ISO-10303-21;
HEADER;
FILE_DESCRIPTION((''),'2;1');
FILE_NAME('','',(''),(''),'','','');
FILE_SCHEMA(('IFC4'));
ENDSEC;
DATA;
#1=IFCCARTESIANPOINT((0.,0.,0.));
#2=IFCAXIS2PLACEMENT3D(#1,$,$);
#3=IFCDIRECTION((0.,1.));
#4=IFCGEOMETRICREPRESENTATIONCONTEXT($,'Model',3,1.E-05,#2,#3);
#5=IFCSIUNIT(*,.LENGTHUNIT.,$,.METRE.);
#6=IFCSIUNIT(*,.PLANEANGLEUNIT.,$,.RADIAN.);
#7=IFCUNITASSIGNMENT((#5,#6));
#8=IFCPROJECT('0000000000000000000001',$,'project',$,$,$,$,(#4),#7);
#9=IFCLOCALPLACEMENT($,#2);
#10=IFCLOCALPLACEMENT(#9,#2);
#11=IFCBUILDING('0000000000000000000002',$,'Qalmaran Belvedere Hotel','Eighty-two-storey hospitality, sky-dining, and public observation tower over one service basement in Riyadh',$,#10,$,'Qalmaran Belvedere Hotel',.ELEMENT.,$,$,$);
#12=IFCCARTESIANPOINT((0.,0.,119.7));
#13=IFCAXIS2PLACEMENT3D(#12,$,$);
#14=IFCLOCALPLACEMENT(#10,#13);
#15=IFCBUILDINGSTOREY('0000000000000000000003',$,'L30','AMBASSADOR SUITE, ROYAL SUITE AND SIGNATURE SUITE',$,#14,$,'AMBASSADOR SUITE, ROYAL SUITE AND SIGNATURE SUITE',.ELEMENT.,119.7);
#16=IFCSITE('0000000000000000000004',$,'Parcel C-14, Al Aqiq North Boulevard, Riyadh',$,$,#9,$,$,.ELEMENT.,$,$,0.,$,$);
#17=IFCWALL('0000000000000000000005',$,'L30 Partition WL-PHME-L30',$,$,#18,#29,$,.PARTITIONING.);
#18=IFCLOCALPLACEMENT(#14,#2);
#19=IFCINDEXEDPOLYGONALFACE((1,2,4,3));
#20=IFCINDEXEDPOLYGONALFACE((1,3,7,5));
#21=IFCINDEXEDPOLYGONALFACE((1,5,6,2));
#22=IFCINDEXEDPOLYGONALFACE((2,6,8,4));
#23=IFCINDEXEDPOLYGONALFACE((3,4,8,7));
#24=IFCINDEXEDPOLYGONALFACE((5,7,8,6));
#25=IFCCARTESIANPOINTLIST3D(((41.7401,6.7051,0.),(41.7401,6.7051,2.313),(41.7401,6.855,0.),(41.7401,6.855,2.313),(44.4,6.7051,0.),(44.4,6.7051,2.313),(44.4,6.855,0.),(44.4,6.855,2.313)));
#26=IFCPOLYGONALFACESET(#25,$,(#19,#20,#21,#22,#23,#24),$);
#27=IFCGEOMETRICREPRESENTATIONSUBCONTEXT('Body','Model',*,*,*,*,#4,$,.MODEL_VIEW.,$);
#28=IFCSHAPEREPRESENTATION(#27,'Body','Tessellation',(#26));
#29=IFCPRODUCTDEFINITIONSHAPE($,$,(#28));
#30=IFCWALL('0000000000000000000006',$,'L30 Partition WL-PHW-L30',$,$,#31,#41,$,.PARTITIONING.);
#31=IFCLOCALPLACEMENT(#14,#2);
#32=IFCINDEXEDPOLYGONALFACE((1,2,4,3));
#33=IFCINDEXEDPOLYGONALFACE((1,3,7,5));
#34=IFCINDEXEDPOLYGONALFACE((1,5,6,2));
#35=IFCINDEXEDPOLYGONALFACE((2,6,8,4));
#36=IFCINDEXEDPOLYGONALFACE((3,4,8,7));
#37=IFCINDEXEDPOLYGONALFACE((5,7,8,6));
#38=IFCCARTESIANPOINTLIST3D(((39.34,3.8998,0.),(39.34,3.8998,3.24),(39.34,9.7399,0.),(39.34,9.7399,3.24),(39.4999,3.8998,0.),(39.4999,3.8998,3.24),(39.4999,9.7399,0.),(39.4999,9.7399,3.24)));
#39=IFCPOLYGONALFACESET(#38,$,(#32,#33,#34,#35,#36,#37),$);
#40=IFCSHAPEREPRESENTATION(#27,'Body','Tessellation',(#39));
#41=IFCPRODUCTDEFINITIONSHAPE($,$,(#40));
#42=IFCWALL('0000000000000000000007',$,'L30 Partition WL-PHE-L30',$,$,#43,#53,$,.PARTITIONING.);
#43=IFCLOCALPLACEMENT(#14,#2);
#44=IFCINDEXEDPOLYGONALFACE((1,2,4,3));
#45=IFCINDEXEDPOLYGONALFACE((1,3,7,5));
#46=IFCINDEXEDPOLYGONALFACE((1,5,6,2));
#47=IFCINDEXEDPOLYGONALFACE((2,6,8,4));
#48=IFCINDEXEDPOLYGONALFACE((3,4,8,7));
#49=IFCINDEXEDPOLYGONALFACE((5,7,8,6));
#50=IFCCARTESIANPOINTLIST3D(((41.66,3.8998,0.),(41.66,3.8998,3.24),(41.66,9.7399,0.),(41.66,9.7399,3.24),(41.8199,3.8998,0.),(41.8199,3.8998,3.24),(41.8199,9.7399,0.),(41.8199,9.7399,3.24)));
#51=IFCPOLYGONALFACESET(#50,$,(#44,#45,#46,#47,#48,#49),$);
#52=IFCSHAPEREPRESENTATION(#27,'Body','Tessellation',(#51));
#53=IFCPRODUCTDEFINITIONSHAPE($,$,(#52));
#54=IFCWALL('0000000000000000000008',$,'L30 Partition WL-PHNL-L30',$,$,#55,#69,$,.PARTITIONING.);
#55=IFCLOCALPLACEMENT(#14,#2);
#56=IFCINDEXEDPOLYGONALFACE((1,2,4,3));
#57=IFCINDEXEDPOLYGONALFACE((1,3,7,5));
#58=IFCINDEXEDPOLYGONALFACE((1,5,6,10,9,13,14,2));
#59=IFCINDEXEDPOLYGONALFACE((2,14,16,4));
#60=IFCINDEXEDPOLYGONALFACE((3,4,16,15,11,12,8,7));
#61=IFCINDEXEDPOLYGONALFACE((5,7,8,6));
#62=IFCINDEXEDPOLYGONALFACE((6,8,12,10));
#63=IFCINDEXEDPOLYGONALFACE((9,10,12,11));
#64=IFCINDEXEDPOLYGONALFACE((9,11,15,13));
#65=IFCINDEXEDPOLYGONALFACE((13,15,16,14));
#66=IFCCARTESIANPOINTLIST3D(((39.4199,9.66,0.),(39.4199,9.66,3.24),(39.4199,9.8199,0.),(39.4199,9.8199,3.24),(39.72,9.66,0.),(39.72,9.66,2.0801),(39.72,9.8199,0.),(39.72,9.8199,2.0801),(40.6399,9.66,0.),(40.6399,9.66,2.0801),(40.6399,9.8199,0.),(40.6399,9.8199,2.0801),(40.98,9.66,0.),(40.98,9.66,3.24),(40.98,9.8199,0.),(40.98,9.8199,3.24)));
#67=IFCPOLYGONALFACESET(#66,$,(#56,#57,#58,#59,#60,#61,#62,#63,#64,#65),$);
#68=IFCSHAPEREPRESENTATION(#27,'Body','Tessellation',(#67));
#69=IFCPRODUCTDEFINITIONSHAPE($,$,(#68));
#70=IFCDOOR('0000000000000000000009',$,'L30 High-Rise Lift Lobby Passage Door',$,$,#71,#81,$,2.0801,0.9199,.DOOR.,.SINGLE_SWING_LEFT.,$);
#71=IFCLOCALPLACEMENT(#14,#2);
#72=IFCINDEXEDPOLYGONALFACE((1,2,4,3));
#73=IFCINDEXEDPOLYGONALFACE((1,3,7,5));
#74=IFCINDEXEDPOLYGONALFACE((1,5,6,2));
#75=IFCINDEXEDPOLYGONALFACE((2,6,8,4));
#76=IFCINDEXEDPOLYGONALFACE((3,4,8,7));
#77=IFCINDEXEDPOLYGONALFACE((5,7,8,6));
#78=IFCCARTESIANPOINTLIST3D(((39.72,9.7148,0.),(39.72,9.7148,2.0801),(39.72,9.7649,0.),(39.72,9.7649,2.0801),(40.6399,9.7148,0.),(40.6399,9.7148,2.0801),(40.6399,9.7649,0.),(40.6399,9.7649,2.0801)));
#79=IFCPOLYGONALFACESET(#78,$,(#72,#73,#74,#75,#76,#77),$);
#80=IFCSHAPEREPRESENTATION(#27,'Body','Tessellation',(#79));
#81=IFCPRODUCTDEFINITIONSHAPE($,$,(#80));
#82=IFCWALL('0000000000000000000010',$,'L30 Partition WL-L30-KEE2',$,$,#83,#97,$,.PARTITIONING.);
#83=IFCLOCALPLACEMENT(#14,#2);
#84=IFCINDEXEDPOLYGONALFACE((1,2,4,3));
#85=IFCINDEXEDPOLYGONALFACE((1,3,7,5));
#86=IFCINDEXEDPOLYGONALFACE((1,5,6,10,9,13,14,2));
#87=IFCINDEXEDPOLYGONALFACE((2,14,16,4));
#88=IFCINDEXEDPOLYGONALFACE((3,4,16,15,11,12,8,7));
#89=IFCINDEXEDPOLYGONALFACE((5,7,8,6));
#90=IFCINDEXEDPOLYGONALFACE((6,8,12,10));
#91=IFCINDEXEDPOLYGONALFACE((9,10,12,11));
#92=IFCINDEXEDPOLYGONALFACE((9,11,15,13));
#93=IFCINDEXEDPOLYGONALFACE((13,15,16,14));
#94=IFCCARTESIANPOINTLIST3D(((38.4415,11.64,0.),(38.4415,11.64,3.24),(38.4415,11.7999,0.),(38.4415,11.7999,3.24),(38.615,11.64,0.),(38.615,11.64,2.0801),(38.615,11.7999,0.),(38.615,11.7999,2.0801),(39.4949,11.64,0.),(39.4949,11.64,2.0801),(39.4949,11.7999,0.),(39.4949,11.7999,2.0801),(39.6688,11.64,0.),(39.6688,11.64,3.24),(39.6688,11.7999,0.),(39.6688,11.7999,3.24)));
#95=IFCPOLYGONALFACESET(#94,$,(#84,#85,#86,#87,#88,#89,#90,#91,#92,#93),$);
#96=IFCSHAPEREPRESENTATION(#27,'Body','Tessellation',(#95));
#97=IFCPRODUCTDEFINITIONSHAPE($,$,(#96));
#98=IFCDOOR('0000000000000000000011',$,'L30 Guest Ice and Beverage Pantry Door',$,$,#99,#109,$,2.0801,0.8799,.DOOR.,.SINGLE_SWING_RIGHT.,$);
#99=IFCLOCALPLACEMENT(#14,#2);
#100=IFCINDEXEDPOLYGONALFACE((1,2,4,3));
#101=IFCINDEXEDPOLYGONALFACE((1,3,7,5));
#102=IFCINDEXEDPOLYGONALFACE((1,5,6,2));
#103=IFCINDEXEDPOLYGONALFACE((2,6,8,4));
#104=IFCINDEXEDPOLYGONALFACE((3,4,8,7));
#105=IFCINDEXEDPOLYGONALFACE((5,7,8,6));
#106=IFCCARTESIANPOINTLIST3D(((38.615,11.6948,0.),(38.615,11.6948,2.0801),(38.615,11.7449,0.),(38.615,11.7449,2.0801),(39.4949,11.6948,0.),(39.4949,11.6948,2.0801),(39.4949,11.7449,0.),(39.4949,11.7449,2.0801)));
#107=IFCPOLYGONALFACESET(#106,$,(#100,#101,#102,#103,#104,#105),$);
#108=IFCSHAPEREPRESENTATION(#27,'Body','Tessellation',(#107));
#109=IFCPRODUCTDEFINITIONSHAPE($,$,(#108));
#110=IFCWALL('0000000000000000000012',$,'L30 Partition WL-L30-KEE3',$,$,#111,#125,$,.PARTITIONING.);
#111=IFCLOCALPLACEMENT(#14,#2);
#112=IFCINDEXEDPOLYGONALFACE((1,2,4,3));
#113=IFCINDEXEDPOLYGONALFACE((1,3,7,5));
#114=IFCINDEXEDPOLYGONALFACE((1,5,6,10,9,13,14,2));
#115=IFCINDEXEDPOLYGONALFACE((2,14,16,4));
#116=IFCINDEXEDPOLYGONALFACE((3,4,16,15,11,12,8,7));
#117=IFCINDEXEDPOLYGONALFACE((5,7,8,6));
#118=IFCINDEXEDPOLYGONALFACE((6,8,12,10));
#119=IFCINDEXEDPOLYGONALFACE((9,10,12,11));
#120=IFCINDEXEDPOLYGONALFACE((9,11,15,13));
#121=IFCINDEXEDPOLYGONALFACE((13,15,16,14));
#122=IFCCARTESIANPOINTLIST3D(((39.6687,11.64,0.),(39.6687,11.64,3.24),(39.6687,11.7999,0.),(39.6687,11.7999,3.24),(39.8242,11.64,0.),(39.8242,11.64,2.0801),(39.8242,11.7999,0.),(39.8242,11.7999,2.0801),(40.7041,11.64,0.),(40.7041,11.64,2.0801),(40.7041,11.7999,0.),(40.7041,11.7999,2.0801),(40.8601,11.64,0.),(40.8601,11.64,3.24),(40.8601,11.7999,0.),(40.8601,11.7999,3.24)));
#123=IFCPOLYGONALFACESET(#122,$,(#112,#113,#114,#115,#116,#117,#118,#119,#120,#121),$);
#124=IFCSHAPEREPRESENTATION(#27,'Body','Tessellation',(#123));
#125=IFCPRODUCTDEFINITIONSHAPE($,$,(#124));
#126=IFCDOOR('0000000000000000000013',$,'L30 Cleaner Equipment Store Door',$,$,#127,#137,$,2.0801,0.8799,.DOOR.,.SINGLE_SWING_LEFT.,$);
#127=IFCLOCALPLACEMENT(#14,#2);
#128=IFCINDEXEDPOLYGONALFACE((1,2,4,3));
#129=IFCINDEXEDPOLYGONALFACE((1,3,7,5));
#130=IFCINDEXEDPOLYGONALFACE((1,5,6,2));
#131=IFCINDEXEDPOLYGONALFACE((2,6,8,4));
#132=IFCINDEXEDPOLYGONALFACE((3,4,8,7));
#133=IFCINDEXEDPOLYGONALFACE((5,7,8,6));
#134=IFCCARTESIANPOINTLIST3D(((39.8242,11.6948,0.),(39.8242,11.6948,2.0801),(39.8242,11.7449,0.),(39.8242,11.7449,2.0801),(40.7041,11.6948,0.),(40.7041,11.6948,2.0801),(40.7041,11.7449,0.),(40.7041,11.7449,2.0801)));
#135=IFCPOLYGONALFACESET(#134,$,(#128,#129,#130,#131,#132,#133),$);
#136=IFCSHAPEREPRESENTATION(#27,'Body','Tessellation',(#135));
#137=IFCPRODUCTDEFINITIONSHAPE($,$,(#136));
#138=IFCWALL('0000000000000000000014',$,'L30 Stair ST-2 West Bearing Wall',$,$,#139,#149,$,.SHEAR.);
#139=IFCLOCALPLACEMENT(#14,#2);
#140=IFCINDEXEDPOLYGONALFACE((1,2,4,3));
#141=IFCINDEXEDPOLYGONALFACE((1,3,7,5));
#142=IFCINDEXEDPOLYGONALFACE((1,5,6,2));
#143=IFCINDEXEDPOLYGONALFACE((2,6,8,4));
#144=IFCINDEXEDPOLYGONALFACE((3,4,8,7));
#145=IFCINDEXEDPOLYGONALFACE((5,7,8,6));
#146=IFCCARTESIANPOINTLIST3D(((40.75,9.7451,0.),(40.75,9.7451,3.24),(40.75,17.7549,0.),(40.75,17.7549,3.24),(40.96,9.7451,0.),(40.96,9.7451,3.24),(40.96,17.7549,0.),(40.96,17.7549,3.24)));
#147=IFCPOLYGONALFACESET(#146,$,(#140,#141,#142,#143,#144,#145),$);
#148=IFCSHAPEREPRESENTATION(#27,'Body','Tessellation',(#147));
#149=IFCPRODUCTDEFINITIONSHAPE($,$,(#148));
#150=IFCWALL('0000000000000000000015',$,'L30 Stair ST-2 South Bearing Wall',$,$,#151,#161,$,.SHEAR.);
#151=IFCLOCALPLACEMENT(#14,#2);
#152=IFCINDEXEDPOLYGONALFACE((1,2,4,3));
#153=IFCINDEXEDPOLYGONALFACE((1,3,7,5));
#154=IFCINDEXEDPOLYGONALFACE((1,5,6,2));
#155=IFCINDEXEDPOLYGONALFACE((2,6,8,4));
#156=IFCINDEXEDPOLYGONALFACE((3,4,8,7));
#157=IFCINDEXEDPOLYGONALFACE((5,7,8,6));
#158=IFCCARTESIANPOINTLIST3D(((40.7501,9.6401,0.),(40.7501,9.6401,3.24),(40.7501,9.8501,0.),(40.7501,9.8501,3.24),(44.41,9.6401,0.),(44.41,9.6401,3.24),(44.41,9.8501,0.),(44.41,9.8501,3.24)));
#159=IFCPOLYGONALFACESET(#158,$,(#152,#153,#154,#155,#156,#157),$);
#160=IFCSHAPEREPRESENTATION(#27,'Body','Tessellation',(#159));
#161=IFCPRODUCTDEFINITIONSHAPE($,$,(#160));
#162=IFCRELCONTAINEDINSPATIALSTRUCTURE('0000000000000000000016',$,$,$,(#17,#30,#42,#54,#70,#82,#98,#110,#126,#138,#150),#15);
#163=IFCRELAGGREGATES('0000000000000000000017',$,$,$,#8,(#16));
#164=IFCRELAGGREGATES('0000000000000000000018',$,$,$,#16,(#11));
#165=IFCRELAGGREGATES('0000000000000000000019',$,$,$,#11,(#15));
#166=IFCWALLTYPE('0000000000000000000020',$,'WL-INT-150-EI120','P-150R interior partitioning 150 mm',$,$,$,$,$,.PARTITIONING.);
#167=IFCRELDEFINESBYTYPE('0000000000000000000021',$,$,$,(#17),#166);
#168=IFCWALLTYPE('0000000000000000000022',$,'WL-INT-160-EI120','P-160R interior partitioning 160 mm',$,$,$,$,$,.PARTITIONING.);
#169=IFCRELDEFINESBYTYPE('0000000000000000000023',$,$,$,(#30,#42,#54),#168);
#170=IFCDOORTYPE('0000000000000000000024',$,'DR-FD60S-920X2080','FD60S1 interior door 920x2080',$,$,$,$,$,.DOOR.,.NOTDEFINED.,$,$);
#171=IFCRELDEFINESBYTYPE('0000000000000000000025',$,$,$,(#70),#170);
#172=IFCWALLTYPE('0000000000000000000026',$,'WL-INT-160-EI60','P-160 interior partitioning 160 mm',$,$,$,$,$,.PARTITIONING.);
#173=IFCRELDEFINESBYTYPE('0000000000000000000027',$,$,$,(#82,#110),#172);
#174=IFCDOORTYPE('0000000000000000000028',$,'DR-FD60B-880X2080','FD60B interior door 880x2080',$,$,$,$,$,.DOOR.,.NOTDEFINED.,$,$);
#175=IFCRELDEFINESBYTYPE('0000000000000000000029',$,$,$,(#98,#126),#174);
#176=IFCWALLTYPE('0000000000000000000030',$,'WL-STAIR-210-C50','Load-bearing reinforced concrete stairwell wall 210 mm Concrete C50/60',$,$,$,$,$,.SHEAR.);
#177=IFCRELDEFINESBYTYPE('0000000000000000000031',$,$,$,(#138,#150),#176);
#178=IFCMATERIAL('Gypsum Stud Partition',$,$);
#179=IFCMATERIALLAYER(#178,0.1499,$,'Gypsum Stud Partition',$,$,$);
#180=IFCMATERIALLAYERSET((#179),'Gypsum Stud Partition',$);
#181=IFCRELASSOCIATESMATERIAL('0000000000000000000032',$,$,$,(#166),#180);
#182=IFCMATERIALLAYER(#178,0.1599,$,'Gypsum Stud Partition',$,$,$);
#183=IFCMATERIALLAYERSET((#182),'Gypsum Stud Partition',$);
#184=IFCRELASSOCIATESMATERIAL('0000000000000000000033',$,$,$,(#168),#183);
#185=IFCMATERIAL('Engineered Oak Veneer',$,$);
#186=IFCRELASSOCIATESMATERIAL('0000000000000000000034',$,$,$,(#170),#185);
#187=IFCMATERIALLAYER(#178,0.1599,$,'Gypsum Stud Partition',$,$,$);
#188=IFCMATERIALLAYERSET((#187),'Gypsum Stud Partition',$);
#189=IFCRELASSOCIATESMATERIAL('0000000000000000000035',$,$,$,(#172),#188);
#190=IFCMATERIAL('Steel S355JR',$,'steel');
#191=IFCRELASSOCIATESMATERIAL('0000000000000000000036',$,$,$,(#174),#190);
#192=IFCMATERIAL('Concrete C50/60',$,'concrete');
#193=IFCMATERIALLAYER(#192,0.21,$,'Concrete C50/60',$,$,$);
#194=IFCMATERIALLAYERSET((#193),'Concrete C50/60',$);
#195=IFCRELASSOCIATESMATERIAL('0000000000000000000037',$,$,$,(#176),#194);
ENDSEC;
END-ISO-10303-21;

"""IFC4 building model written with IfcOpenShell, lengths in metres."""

from ifc_helpers import new_model, si_unit, direction, frame, frame_2d, origin, place, context, subcontext, project, spatial, rectangle, extrude, material, layer, layer_set, type_object, element, fill, save


model = new_model("IFC4")

# Units and contexts
model_context = context("Model", 3, precision=1e-05, world=origin(), true_north=direction((0.0, 1.0)))
body_context = subcontext(model_context, "Body", "Model", "MODEL_VIEW")
ifc_project = project(units=[si_unit("LENGTHUNIT", "METRE"), si_unit("PLANEANGLEUNIT", "RADIAN")], contexts=[model_context])

# Site, building, storey
site_placement = place(None, origin())
site = spatial("IfcSite", under=ifc_project, at=site_placement, Name="Parcel C-14, Al Aqiq North Boulevard, Riyadh", CompositionType="ELEMENT", RefElevation=0.0)
building_placement = place(site_placement, origin())
building = spatial("IfcBuilding", under=site, at=building_placement, Name="Qalmaran Belvedere Hotel", Description="Eighty-two-storey hospitality, sky-dining, and public observation tower over one service basement in Riyadh", LongName="Qalmaran Belvedere Hotel", CompositionType="ELEMENT")
storey_placement = place(building_placement, frame((0.0, 0.0, 119.7)))
storey = spatial("IfcBuildingStorey", under=building, at=storey_placement, Name="L30", Description="AMBASSADOR SUITE, ROYAL SUITE AND SIGNATURE SUITE", LongName="AMBASSADOR SUITE, ROYAL SUITE AND SIGNATURE SUITE", CompositionType="ELEMENT", Elevation=119.7)

# Walls
ifc_material_1 = material(Name="Gypsum Stud Partition")
ifc_layer_1 = layer(ifc_material_1, 0.1499, Name="Gypsum Stud Partition")
ifc_layer_set_1 = layer_set([ifc_layer_1], Name="Gypsum Stud Partition")
wall_type_1 = type_object("IfcWallType", Name="WL-INT-150-EI120", Description="P-150R interior partitioning 150 mm", PredefinedType="PARTITIONING", material=ifc_layer_set_1)
wall_1_placement = place(storey_placement, frame((41.74, 6.78, 0.0), z_axis=(0.0, 0.0, 1.0), x_axis=(1.0, 0.0, 0.0)))
element("IfcWall", 1, at=wall_1_placement, inside=storey, type_object=wall_type_1, Name="L30 Partition WL-PHME-L30", PredefinedType="PARTITIONING", context=body_context, shape_type="SweptSolid", body=[
    extrude(rectangle(XDim=2.6599, YDim=0.1499, at=frame_2d((1.3301, 0.0))), origin(), (0.0, 0.0, 1.0), 2.313),
])
ifc_layer_2 = layer(ifc_material_1, 0.1599, Name="Gypsum Stud Partition")
ifc_layer_set_2 = layer_set([ifc_layer_2], Name="Gypsum Stud Partition")
wall_type_2 = type_object("IfcWallType", Name="WL-INT-160-EI120", Description="P-160R interior partitioning 160 mm", PredefinedType="PARTITIONING", material=ifc_layer_set_2)
for number, where, z_axis, x_axis, name in (
    (2, (39.4199, 3.8999, 0.0), (0.0, 0.0, 1.0), (0.0, 1.0, 0.0), "L30 Partition WL-PHW-L30"),
    (3, (41.74, 3.8999, 0.0), (0.0, 0.0, 1.0), (0.0, 1.0, 0.0), "L30 Partition WL-PHE-L30"),
):
    element("IfcWall", number, at=place(storey_placement, frame(where, z_axis=z_axis, x_axis=x_axis)), inside=storey, type_object=wall_type_2, Name=name, PredefinedType="PARTITIONING", context=body_context, shape_type="SweptSolid", body=[
        extrude(rectangle(XDim=5.8401, YDim=0.1599, at=frame_2d((2.9199, 0.0))), origin(), (0.0, 0.0, 1.0), 3.24),
    ])

# Walls, openings, doors
wall_2_placement = place(storey_placement, frame((39.4199, 9.74, 0.0), z_axis=(0.0, 0.0, 1.0), x_axis=(1.0, 0.0, 0.0)))
wall_2 = element("IfcWall", 4, at=wall_2_placement, inside=storey, type_object=wall_type_2, Name="L30 Partition WL-PHNL-L30", PredefinedType="PARTITIONING", context=body_context, shape_type="SweptSolid", body=[
    extrude(rectangle(XDim=1.5601, YDim=0.1599, at=frame_2d((0.78, 0.0))), origin(), (0.0, 0.0, 1.0), 3.24),
])
opening_1_placement = place(wall_2_placement, frame((0.3, 0.0, 0.0)))
opening_1 = element("IfcOpeningElement", 5, at=opening_1_placement, cuts=wall_2, PredefinedType="OPENING", context=body_context, shape_type="SweptSolid", body=[
    extrude(rectangle(XDim=0.9199, YDim=2.0801, at=frame_2d((0.46, 1.04))), frame((0.0, 0.0898, 0.0), z_axis=(0.0, -1.0, 0.0), x_axis=(1.0, 0.0, 0.0)), (0.0, 0.0, 1.0), 0.1799),
])
ifc_material_2 = material(Name="Engineered Oak Veneer")
door_type_1 = type_object("IfcDoorType", Name="DR-FD60S-920X2080", Description="FD60S1 interior door 920x2080", OperationType="NOTDEFINED", PredefinedType="DOOR", material=ifc_material_2)
door_1_placement = place(opening_1_placement, origin())
door_1 = element("IfcDoor", 6, at=door_1_placement, inside=storey, type_object=door_type_1, Name="L30 High-Rise Lift Lobby Passage Door", OperationType="SINGLE_SWING_LEFT", OverallHeight=2.0801, OverallWidth=0.9199, PredefinedType="DOOR", context=body_context, shape_type="SweptSolid", body=[
    extrude(rectangle(XDim=0.9199, YDim=2.0801, at=frame_2d((0.46, 1.04))), frame((0.0, 0.0249, 0.0), z_axis=(0.0, -1.0, 0.0), x_axis=(1.0, 0.0, 0.0)), (0.0, 0.0, 1.0), 0.05),
])
fill(opening_1, door_1)
ifc_layer_3 = layer(ifc_material_1, 0.1599, Name="Gypsum Stud Partition")
ifc_layer_set_3 = layer_set([ifc_layer_3], Name="Gypsum Stud Partition")
wall_type_3 = type_object("IfcWallType", Name="WL-INT-160-EI60", Description="P-160 interior partitioning 160 mm", PredefinedType="PARTITIONING", material=ifc_layer_set_3)
wall_3_placement = place(storey_placement, frame((38.4414, 11.72, 0.0), z_axis=(0.0, 0.0, 1.0), x_axis=(1.0, 0.0, 0.0)))
wall_3 = element("IfcWall", 7, at=wall_3_placement, inside=storey, type_object=wall_type_3, Name="L30 Partition WL-L30-KEE2", PredefinedType="PARTITIONING", context=body_context, shape_type="SweptSolid", body=[
    extrude(rectangle(XDim=1.2273, YDim=0.1599, at=frame_2d((0.6138, 0.0))), origin(), (0.0, 0.0, 1.0), 3.24),
])
opening_2_placement = place(wall_3_placement, frame((0.1736, 0.0, 0.0)))
opening_2 = element("IfcOpeningElement", 8, at=opening_2_placement, cuts=wall_3, PredefinedType="OPENING", context=body_context, shape_type="SweptSolid", body=[
    extrude(rectangle(XDim=0.8799, YDim=2.0801, at=frame_2d((0.4399, 1.04))), frame((0.0, 0.0898, 0.0), z_axis=(0.0, -1.0, 0.0), x_axis=(1.0, 0.0, 0.0)), (0.0, 0.0, 1.0), 0.1799),
])
ifc_material_3 = material(Name="Steel S355JR", Category="steel")
door_type_2 = type_object("IfcDoorType", Name="DR-FD60B-880X2080", Description="FD60B interior door 880x2080", OperationType="NOTDEFINED", PredefinedType="DOOR", material=ifc_material_3)
door_2_placement = place(opening_2_placement, origin())
door_2 = element("IfcDoor", 9, at=door_2_placement, inside=storey, type_object=door_type_2, Name="L30 Guest Ice and Beverage Pantry Door", OperationType="SINGLE_SWING_RIGHT", OverallHeight=2.0801, OverallWidth=0.8799, PredefinedType="DOOR", context=body_context, shape_type="SweptSolid", body=[
    extrude(rectangle(XDim=0.8799, YDim=2.0801, at=frame_2d((0.4399, 1.04))), frame((0.0, 0.0249, 0.0), z_axis=(0.0, -1.0, 0.0), x_axis=(1.0, 0.0, 0.0)), (0.0, 0.0, 1.0), 0.05),
])
fill(opening_2, door_2)
wall_4_placement = place(storey_placement, frame((39.6687, 11.72, 0.0), z_axis=(0.0, 0.0, 1.0), x_axis=(1.0, 0.0, 0.0)))
wall_4 = element("IfcWall", 10, at=wall_4_placement, inside=storey, type_object=wall_type_3, Name="L30 Partition WL-L30-KEE3", PredefinedType="PARTITIONING", context=body_context, shape_type="SweptSolid", body=[
    extrude(rectangle(XDim=1.1914, YDim=0.1599, at=frame_2d((0.5957, 0.0))), origin(), (0.0, 0.0, 1.0), 3.24),
])
opening_3_placement = place(wall_4_placement, frame((0.1555, 0.0, 0.0)))
opening_3 = element("IfcOpeningElement", 11, at=opening_3_placement, cuts=wall_4, PredefinedType="OPENING", context=body_context, shape_type="SweptSolid", body=[
    extrude(rectangle(XDim=0.8799, YDim=2.0801, at=frame_2d((0.4399, 1.04))), frame((0.0, 0.0898, 0.0), z_axis=(0.0, -1.0, 0.0), x_axis=(1.0, 0.0, 0.0)), (0.0, 0.0, 1.0), 0.1799),
])
door_3_placement = place(opening_3_placement, origin())
door_3 = element("IfcDoor", 12, at=door_3_placement, inside=storey, type_object=door_type_2, Name="L30 Cleaner Equipment Store Door", OperationType="SINGLE_SWING_LEFT", OverallHeight=2.0801, OverallWidth=0.8799, PredefinedType="DOOR", context=body_context, shape_type="SweptSolid", body=[
    extrude(rectangle(XDim=0.8799, YDim=2.0801, at=frame_2d((0.4399, 1.04))), frame((0.0, 0.0249, 0.0), z_axis=(0.0, -1.0, 0.0), x_axis=(1.0, 0.0, 0.0)), (0.0, 0.0, 1.0), 0.05),
])
fill(opening_3, door_3)

# Walls
ifc_material_4 = material(Name="Concrete C50/60", Category="concrete")
ifc_layer_4 = layer(ifc_material_4, 0.21, Name="Concrete C50/60")
ifc_layer_set_4 = layer_set([ifc_layer_4], Name="Concrete C50/60")
wall_type_4 = type_object("IfcWallType", Name="WL-STAIR-210-C50", Description="Load-bearing reinforced concrete stairwell wall 210 mm Concrete C50/60", PredefinedType="SHEAR", material=ifc_layer_set_4)
wall_5_placement = place(storey_placement, frame((40.855, 9.7451, 0.0), z_axis=(0.0, 0.0, 1.0), x_axis=(0.0, 1.0, 0.0)))
element("IfcWall", 13, at=wall_5_placement, inside=storey, type_object=wall_type_4, Name="L30 Stair ST-2 West Bearing Wall", PredefinedType="SHEAR", context=body_context, shape_type="SweptSolid", body=[
    extrude(rectangle(XDim=8.0098, YDim=0.21, at=frame_2d((4.0049, 0.0))), origin(), (0.0, 0.0, 1.0), 3.24),
])
wall_6_placement = place(storey_placement, frame((40.75, 9.7451, 0.0), z_axis=(0.0, 0.0, 1.0), x_axis=(1.0, 0.0, 0.0)))
element("IfcWall", 14, at=wall_6_placement, inside=storey, type_object=wall_type_4, Name="L30 Stair ST-2 South Bearing Wall", PredefinedType="SHEAR", context=body_context, shape_type="SweptSolid", body=[
    extrude(rectangle(XDim=3.6599, YDim=0.21, at=frame_2d((1.8301, 0.0))), origin(), (0.0, 0.0, 1.0), 3.24),
])

save(model, "model.ifc")
